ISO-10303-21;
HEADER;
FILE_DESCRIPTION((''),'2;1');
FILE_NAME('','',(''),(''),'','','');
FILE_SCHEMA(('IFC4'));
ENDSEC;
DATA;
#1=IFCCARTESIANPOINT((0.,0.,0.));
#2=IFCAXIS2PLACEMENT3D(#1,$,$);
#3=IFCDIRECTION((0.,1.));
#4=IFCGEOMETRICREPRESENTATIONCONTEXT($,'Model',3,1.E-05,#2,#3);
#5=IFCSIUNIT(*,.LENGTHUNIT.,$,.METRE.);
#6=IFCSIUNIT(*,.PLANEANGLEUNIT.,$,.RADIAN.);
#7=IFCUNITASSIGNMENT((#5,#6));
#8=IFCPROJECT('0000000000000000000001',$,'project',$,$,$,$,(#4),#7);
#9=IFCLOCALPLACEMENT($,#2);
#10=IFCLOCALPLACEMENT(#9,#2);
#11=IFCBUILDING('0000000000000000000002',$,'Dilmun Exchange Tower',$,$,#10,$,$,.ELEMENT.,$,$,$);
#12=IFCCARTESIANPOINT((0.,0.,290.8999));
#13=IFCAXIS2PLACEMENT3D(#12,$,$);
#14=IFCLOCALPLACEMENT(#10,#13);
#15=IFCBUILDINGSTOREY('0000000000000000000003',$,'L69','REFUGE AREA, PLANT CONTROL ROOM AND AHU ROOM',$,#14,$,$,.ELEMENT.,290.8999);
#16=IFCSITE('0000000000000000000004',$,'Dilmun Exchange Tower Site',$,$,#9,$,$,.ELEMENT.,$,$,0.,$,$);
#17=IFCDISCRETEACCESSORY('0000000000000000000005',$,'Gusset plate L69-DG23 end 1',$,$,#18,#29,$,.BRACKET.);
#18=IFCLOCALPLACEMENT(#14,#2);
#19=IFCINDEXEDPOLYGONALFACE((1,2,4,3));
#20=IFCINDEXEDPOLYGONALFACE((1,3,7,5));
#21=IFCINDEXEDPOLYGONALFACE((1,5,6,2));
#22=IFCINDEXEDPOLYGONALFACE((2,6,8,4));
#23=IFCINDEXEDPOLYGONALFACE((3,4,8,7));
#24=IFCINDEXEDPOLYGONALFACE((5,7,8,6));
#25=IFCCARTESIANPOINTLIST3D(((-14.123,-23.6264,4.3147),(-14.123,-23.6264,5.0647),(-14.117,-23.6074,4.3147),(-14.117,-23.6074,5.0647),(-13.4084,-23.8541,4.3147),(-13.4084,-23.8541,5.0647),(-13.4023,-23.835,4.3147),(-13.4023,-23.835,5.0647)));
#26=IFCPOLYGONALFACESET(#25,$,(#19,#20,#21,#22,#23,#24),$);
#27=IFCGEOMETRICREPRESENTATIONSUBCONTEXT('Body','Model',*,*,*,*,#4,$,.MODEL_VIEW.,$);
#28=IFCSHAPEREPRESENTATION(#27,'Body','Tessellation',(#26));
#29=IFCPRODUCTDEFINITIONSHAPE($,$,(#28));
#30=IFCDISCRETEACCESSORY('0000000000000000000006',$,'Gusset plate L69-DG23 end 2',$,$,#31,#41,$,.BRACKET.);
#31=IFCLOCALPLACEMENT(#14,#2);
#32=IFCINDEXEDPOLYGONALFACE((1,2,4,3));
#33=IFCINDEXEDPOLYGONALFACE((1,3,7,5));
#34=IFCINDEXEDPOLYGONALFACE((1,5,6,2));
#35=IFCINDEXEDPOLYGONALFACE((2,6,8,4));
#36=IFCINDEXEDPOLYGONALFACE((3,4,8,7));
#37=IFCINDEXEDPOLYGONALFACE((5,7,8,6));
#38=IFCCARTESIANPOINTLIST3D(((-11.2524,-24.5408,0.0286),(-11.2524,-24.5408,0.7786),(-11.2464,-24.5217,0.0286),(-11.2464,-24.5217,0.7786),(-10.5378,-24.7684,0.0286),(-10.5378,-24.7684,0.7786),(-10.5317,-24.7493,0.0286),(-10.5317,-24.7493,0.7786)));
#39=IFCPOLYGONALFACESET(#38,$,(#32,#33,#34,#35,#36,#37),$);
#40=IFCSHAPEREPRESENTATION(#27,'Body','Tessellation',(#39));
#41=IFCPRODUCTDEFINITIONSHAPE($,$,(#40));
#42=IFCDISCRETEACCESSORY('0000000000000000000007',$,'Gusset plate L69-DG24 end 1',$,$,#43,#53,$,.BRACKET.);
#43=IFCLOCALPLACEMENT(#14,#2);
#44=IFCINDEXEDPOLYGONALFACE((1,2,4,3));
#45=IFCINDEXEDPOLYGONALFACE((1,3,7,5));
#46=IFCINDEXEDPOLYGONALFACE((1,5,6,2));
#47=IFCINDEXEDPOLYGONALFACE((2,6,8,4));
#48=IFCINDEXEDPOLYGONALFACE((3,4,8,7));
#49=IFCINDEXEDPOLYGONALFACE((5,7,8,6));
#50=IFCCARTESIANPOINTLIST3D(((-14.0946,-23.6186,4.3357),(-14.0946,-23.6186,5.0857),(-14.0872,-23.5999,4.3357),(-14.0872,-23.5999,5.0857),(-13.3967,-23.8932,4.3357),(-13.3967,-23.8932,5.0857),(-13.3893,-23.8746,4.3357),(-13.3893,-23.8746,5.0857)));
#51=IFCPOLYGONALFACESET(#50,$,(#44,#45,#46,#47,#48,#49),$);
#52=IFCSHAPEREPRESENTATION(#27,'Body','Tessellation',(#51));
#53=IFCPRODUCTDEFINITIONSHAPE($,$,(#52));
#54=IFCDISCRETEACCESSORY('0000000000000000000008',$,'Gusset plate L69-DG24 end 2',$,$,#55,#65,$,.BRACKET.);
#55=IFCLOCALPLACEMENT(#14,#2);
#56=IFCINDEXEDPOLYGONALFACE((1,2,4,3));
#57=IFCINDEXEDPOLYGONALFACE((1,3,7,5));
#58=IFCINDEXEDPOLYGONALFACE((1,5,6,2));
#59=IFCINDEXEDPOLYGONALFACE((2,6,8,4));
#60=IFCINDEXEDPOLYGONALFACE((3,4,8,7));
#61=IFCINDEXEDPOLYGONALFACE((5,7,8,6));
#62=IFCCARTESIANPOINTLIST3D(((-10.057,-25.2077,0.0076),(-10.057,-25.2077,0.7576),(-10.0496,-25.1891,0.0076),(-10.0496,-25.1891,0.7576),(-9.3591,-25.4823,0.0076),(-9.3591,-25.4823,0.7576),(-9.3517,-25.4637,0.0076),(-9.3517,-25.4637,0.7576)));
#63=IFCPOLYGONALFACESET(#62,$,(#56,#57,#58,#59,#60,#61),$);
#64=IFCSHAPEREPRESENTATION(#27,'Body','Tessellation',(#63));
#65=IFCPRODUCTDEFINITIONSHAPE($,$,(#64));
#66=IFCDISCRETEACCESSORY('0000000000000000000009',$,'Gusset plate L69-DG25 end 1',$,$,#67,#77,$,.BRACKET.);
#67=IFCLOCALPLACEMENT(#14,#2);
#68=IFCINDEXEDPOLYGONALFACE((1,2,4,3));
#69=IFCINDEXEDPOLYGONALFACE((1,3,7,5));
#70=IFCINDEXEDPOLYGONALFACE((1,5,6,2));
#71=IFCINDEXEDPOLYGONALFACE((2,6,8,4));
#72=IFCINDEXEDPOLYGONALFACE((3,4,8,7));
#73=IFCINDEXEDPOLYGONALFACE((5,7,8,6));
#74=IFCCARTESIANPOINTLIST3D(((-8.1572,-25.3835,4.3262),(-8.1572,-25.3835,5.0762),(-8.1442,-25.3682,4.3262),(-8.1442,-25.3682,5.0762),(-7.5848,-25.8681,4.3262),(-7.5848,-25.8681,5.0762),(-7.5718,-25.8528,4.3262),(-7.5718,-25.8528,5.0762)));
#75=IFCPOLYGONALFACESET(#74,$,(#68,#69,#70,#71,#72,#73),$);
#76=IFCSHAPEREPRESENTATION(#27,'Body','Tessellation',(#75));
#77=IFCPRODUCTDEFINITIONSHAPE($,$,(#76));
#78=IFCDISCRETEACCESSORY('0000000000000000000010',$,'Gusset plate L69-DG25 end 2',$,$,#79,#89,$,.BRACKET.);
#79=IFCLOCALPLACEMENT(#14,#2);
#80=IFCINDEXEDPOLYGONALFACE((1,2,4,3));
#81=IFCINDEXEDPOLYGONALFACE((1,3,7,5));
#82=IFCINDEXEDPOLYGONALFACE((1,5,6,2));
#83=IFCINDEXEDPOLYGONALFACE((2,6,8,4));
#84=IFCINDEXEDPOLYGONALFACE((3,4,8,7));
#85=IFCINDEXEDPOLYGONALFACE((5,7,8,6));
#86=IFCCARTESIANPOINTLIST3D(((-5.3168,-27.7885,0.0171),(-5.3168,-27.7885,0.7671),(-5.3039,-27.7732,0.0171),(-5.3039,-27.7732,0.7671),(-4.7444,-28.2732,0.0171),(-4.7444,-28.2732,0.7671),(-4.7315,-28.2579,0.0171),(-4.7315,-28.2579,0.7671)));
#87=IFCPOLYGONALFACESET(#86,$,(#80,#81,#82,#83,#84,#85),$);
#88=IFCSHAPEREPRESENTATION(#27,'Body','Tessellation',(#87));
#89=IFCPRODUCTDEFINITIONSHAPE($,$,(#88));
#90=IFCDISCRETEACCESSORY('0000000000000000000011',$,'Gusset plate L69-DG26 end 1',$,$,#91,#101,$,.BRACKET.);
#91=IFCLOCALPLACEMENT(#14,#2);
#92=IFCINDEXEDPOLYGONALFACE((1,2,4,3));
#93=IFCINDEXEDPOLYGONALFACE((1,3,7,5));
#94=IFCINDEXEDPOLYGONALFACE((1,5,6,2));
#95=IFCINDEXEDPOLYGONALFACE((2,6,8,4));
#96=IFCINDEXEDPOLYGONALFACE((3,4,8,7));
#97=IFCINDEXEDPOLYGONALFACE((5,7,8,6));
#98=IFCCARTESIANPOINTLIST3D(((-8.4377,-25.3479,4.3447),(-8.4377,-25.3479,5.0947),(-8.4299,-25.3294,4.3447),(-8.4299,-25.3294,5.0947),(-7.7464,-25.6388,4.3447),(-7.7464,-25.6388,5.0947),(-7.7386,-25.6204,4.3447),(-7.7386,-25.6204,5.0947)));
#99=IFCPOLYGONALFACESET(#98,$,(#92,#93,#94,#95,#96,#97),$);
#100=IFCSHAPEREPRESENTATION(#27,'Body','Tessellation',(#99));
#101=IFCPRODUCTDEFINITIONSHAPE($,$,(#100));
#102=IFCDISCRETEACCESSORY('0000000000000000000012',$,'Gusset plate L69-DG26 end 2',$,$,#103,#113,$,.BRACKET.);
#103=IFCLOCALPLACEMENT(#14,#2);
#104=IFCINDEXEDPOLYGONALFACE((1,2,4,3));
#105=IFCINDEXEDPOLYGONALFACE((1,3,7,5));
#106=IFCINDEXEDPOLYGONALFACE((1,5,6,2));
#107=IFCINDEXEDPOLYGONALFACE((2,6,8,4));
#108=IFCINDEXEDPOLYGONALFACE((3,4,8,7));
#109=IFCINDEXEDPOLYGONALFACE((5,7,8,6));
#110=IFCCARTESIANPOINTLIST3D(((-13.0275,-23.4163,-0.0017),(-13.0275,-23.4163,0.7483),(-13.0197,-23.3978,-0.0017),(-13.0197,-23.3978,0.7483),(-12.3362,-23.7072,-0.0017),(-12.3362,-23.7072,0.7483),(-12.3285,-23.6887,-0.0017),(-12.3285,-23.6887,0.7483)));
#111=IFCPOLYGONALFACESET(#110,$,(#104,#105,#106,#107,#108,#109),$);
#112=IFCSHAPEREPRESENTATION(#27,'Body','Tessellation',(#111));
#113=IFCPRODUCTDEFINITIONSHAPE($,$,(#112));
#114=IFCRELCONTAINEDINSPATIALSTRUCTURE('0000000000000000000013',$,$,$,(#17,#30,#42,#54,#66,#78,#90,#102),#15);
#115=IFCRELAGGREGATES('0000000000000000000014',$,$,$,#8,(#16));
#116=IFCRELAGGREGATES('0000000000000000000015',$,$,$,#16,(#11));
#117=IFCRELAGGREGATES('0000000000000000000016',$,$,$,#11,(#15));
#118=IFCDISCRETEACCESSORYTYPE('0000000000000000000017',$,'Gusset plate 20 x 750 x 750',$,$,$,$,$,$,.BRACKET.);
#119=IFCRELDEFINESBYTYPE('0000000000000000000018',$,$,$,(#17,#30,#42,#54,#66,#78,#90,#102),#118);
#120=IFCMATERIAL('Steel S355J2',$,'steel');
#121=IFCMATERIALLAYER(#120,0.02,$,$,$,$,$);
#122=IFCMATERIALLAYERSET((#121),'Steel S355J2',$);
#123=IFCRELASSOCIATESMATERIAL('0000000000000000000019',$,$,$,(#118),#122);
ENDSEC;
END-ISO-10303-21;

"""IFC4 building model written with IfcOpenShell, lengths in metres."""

from ifc_helpers import new_model, si_unit, direction, frame, origin, origin_2d, place, context, subcontext, project, spatial, rectangle, extrude, material, layer, layer_set, type_object, element, save


model = new_model("IFC4")

# Units and contexts
model_context = context("Model", 3, precision=1e-05, world=origin(), true_north=direction((0.0, 1.0)))
body_context = subcontext(model_context, "Body", "Model", "MODEL_VIEW")
ifc_project = project(units=[si_unit("LENGTHUNIT", "METRE"), si_unit("PLANEANGLEUNIT", "RADIAN")], contexts=[model_context])

# Site, building, storey
site_placement = place(None, origin())
site = spatial("IfcSite", under=ifc_project, at=site_placement, Name="Dilmun Exchange Tower Site", CompositionType="ELEMENT", RefElevation=0.0)
building_placement = place(site_placement, origin())
building = spatial("IfcBuilding", under=site, at=building_placement, Name="Dilmun Exchange Tower", CompositionType="ELEMENT")
storey_placement = place(building_placement, frame((0.0, 0.0, 290.8999)))
storey = spatial("IfcBuildingStorey", under=building, at=storey_placement, Name="L69", Description="REFUGE AREA, PLANT CONTROL ROOM AND AHU ROOM", CompositionType="ELEMENT", Elevation=290.8999)

# Discrete accessories
ifc_material_1 = material(Name="Steel S355J2", Category="steel")
ifc_layer_1 = layer(ifc_material_1, 0.02)
ifc_layer_set_1 = layer_set([ifc_layer_1], Name="Steel S355J2")
discrete_accessory_type = type_object("IfcDiscreteAccessoryType", Name="Gusset plate 20 x 750 x 750", PredefinedType="BRACKET", material=ifc_layer_set_1)
for number, where, z_axis, x_axis, name in (
    (1, (-13.7627, -23.7307, 4.3147), (0.0, 0.0, 1.0), (0.952839, -0.303478, 0.0), "Gusset plate L69-DG23 end 1"),
    (2, (-10.8921, -24.645, 0.0286), (0.0, 0.0, 1.0), (0.952839, -0.303478, 0.0), "Gusset plate L69-DG23 end 2"),
    (3, (-13.7419, -23.7466, 4.3357), (0.0, 0.0, 1.0), (0.930532, -0.366211, 0.0), "Gusset plate L69-DG24 end 1"),
    (4, (-9.7043, -25.3357, 0.0076), (0.0, 0.0, 1.0), (0.930532, -0.366211, 0.0), "Gusset plate L69-DG24 end 2"),
    (5, (-7.8645, -25.6182, 4.3262), (0.0, 0.0, 1.0), (0.76317, -0.646197, 0.0), "Gusset plate L69-DG25 end 1"),
    (6, (-5.0242, -28.0232, 0.0171), (0.0, 0.0, 1.0), (0.76317, -0.646197, 0.0), "Gusset plate L69-DG25 end 2"),
    (7, (-8.0881, -25.4841, 4.3447), (0.0, 0.0, 1.0), (-0.921699, 0.387907, 0.0), "Gusset plate L69-DG26 end 1"),
    (8, (-12.678, -23.5525, -0.0017), (0.0, 0.0, 1.0), (-0.921699, 0.387907, 0.0), "Gusset plate L69-DG26 end 2"),
):
    element("IfcDiscreteAccessory", number, at=place(storey_placement, frame(where, z_axis=z_axis, x_axis=x_axis)), inside=storey, type_object=discrete_accessory_type, Name=name, PredefinedType="BRACKET", context=body_context, shape_type="SweptSolid", body=[
        extrude(rectangle(XDim=0.75, YDim=0.02, at=origin_2d()), origin(), (0.0, 0.0, 1.0), 0.75),
    ])

save(model, "model.ifc")
